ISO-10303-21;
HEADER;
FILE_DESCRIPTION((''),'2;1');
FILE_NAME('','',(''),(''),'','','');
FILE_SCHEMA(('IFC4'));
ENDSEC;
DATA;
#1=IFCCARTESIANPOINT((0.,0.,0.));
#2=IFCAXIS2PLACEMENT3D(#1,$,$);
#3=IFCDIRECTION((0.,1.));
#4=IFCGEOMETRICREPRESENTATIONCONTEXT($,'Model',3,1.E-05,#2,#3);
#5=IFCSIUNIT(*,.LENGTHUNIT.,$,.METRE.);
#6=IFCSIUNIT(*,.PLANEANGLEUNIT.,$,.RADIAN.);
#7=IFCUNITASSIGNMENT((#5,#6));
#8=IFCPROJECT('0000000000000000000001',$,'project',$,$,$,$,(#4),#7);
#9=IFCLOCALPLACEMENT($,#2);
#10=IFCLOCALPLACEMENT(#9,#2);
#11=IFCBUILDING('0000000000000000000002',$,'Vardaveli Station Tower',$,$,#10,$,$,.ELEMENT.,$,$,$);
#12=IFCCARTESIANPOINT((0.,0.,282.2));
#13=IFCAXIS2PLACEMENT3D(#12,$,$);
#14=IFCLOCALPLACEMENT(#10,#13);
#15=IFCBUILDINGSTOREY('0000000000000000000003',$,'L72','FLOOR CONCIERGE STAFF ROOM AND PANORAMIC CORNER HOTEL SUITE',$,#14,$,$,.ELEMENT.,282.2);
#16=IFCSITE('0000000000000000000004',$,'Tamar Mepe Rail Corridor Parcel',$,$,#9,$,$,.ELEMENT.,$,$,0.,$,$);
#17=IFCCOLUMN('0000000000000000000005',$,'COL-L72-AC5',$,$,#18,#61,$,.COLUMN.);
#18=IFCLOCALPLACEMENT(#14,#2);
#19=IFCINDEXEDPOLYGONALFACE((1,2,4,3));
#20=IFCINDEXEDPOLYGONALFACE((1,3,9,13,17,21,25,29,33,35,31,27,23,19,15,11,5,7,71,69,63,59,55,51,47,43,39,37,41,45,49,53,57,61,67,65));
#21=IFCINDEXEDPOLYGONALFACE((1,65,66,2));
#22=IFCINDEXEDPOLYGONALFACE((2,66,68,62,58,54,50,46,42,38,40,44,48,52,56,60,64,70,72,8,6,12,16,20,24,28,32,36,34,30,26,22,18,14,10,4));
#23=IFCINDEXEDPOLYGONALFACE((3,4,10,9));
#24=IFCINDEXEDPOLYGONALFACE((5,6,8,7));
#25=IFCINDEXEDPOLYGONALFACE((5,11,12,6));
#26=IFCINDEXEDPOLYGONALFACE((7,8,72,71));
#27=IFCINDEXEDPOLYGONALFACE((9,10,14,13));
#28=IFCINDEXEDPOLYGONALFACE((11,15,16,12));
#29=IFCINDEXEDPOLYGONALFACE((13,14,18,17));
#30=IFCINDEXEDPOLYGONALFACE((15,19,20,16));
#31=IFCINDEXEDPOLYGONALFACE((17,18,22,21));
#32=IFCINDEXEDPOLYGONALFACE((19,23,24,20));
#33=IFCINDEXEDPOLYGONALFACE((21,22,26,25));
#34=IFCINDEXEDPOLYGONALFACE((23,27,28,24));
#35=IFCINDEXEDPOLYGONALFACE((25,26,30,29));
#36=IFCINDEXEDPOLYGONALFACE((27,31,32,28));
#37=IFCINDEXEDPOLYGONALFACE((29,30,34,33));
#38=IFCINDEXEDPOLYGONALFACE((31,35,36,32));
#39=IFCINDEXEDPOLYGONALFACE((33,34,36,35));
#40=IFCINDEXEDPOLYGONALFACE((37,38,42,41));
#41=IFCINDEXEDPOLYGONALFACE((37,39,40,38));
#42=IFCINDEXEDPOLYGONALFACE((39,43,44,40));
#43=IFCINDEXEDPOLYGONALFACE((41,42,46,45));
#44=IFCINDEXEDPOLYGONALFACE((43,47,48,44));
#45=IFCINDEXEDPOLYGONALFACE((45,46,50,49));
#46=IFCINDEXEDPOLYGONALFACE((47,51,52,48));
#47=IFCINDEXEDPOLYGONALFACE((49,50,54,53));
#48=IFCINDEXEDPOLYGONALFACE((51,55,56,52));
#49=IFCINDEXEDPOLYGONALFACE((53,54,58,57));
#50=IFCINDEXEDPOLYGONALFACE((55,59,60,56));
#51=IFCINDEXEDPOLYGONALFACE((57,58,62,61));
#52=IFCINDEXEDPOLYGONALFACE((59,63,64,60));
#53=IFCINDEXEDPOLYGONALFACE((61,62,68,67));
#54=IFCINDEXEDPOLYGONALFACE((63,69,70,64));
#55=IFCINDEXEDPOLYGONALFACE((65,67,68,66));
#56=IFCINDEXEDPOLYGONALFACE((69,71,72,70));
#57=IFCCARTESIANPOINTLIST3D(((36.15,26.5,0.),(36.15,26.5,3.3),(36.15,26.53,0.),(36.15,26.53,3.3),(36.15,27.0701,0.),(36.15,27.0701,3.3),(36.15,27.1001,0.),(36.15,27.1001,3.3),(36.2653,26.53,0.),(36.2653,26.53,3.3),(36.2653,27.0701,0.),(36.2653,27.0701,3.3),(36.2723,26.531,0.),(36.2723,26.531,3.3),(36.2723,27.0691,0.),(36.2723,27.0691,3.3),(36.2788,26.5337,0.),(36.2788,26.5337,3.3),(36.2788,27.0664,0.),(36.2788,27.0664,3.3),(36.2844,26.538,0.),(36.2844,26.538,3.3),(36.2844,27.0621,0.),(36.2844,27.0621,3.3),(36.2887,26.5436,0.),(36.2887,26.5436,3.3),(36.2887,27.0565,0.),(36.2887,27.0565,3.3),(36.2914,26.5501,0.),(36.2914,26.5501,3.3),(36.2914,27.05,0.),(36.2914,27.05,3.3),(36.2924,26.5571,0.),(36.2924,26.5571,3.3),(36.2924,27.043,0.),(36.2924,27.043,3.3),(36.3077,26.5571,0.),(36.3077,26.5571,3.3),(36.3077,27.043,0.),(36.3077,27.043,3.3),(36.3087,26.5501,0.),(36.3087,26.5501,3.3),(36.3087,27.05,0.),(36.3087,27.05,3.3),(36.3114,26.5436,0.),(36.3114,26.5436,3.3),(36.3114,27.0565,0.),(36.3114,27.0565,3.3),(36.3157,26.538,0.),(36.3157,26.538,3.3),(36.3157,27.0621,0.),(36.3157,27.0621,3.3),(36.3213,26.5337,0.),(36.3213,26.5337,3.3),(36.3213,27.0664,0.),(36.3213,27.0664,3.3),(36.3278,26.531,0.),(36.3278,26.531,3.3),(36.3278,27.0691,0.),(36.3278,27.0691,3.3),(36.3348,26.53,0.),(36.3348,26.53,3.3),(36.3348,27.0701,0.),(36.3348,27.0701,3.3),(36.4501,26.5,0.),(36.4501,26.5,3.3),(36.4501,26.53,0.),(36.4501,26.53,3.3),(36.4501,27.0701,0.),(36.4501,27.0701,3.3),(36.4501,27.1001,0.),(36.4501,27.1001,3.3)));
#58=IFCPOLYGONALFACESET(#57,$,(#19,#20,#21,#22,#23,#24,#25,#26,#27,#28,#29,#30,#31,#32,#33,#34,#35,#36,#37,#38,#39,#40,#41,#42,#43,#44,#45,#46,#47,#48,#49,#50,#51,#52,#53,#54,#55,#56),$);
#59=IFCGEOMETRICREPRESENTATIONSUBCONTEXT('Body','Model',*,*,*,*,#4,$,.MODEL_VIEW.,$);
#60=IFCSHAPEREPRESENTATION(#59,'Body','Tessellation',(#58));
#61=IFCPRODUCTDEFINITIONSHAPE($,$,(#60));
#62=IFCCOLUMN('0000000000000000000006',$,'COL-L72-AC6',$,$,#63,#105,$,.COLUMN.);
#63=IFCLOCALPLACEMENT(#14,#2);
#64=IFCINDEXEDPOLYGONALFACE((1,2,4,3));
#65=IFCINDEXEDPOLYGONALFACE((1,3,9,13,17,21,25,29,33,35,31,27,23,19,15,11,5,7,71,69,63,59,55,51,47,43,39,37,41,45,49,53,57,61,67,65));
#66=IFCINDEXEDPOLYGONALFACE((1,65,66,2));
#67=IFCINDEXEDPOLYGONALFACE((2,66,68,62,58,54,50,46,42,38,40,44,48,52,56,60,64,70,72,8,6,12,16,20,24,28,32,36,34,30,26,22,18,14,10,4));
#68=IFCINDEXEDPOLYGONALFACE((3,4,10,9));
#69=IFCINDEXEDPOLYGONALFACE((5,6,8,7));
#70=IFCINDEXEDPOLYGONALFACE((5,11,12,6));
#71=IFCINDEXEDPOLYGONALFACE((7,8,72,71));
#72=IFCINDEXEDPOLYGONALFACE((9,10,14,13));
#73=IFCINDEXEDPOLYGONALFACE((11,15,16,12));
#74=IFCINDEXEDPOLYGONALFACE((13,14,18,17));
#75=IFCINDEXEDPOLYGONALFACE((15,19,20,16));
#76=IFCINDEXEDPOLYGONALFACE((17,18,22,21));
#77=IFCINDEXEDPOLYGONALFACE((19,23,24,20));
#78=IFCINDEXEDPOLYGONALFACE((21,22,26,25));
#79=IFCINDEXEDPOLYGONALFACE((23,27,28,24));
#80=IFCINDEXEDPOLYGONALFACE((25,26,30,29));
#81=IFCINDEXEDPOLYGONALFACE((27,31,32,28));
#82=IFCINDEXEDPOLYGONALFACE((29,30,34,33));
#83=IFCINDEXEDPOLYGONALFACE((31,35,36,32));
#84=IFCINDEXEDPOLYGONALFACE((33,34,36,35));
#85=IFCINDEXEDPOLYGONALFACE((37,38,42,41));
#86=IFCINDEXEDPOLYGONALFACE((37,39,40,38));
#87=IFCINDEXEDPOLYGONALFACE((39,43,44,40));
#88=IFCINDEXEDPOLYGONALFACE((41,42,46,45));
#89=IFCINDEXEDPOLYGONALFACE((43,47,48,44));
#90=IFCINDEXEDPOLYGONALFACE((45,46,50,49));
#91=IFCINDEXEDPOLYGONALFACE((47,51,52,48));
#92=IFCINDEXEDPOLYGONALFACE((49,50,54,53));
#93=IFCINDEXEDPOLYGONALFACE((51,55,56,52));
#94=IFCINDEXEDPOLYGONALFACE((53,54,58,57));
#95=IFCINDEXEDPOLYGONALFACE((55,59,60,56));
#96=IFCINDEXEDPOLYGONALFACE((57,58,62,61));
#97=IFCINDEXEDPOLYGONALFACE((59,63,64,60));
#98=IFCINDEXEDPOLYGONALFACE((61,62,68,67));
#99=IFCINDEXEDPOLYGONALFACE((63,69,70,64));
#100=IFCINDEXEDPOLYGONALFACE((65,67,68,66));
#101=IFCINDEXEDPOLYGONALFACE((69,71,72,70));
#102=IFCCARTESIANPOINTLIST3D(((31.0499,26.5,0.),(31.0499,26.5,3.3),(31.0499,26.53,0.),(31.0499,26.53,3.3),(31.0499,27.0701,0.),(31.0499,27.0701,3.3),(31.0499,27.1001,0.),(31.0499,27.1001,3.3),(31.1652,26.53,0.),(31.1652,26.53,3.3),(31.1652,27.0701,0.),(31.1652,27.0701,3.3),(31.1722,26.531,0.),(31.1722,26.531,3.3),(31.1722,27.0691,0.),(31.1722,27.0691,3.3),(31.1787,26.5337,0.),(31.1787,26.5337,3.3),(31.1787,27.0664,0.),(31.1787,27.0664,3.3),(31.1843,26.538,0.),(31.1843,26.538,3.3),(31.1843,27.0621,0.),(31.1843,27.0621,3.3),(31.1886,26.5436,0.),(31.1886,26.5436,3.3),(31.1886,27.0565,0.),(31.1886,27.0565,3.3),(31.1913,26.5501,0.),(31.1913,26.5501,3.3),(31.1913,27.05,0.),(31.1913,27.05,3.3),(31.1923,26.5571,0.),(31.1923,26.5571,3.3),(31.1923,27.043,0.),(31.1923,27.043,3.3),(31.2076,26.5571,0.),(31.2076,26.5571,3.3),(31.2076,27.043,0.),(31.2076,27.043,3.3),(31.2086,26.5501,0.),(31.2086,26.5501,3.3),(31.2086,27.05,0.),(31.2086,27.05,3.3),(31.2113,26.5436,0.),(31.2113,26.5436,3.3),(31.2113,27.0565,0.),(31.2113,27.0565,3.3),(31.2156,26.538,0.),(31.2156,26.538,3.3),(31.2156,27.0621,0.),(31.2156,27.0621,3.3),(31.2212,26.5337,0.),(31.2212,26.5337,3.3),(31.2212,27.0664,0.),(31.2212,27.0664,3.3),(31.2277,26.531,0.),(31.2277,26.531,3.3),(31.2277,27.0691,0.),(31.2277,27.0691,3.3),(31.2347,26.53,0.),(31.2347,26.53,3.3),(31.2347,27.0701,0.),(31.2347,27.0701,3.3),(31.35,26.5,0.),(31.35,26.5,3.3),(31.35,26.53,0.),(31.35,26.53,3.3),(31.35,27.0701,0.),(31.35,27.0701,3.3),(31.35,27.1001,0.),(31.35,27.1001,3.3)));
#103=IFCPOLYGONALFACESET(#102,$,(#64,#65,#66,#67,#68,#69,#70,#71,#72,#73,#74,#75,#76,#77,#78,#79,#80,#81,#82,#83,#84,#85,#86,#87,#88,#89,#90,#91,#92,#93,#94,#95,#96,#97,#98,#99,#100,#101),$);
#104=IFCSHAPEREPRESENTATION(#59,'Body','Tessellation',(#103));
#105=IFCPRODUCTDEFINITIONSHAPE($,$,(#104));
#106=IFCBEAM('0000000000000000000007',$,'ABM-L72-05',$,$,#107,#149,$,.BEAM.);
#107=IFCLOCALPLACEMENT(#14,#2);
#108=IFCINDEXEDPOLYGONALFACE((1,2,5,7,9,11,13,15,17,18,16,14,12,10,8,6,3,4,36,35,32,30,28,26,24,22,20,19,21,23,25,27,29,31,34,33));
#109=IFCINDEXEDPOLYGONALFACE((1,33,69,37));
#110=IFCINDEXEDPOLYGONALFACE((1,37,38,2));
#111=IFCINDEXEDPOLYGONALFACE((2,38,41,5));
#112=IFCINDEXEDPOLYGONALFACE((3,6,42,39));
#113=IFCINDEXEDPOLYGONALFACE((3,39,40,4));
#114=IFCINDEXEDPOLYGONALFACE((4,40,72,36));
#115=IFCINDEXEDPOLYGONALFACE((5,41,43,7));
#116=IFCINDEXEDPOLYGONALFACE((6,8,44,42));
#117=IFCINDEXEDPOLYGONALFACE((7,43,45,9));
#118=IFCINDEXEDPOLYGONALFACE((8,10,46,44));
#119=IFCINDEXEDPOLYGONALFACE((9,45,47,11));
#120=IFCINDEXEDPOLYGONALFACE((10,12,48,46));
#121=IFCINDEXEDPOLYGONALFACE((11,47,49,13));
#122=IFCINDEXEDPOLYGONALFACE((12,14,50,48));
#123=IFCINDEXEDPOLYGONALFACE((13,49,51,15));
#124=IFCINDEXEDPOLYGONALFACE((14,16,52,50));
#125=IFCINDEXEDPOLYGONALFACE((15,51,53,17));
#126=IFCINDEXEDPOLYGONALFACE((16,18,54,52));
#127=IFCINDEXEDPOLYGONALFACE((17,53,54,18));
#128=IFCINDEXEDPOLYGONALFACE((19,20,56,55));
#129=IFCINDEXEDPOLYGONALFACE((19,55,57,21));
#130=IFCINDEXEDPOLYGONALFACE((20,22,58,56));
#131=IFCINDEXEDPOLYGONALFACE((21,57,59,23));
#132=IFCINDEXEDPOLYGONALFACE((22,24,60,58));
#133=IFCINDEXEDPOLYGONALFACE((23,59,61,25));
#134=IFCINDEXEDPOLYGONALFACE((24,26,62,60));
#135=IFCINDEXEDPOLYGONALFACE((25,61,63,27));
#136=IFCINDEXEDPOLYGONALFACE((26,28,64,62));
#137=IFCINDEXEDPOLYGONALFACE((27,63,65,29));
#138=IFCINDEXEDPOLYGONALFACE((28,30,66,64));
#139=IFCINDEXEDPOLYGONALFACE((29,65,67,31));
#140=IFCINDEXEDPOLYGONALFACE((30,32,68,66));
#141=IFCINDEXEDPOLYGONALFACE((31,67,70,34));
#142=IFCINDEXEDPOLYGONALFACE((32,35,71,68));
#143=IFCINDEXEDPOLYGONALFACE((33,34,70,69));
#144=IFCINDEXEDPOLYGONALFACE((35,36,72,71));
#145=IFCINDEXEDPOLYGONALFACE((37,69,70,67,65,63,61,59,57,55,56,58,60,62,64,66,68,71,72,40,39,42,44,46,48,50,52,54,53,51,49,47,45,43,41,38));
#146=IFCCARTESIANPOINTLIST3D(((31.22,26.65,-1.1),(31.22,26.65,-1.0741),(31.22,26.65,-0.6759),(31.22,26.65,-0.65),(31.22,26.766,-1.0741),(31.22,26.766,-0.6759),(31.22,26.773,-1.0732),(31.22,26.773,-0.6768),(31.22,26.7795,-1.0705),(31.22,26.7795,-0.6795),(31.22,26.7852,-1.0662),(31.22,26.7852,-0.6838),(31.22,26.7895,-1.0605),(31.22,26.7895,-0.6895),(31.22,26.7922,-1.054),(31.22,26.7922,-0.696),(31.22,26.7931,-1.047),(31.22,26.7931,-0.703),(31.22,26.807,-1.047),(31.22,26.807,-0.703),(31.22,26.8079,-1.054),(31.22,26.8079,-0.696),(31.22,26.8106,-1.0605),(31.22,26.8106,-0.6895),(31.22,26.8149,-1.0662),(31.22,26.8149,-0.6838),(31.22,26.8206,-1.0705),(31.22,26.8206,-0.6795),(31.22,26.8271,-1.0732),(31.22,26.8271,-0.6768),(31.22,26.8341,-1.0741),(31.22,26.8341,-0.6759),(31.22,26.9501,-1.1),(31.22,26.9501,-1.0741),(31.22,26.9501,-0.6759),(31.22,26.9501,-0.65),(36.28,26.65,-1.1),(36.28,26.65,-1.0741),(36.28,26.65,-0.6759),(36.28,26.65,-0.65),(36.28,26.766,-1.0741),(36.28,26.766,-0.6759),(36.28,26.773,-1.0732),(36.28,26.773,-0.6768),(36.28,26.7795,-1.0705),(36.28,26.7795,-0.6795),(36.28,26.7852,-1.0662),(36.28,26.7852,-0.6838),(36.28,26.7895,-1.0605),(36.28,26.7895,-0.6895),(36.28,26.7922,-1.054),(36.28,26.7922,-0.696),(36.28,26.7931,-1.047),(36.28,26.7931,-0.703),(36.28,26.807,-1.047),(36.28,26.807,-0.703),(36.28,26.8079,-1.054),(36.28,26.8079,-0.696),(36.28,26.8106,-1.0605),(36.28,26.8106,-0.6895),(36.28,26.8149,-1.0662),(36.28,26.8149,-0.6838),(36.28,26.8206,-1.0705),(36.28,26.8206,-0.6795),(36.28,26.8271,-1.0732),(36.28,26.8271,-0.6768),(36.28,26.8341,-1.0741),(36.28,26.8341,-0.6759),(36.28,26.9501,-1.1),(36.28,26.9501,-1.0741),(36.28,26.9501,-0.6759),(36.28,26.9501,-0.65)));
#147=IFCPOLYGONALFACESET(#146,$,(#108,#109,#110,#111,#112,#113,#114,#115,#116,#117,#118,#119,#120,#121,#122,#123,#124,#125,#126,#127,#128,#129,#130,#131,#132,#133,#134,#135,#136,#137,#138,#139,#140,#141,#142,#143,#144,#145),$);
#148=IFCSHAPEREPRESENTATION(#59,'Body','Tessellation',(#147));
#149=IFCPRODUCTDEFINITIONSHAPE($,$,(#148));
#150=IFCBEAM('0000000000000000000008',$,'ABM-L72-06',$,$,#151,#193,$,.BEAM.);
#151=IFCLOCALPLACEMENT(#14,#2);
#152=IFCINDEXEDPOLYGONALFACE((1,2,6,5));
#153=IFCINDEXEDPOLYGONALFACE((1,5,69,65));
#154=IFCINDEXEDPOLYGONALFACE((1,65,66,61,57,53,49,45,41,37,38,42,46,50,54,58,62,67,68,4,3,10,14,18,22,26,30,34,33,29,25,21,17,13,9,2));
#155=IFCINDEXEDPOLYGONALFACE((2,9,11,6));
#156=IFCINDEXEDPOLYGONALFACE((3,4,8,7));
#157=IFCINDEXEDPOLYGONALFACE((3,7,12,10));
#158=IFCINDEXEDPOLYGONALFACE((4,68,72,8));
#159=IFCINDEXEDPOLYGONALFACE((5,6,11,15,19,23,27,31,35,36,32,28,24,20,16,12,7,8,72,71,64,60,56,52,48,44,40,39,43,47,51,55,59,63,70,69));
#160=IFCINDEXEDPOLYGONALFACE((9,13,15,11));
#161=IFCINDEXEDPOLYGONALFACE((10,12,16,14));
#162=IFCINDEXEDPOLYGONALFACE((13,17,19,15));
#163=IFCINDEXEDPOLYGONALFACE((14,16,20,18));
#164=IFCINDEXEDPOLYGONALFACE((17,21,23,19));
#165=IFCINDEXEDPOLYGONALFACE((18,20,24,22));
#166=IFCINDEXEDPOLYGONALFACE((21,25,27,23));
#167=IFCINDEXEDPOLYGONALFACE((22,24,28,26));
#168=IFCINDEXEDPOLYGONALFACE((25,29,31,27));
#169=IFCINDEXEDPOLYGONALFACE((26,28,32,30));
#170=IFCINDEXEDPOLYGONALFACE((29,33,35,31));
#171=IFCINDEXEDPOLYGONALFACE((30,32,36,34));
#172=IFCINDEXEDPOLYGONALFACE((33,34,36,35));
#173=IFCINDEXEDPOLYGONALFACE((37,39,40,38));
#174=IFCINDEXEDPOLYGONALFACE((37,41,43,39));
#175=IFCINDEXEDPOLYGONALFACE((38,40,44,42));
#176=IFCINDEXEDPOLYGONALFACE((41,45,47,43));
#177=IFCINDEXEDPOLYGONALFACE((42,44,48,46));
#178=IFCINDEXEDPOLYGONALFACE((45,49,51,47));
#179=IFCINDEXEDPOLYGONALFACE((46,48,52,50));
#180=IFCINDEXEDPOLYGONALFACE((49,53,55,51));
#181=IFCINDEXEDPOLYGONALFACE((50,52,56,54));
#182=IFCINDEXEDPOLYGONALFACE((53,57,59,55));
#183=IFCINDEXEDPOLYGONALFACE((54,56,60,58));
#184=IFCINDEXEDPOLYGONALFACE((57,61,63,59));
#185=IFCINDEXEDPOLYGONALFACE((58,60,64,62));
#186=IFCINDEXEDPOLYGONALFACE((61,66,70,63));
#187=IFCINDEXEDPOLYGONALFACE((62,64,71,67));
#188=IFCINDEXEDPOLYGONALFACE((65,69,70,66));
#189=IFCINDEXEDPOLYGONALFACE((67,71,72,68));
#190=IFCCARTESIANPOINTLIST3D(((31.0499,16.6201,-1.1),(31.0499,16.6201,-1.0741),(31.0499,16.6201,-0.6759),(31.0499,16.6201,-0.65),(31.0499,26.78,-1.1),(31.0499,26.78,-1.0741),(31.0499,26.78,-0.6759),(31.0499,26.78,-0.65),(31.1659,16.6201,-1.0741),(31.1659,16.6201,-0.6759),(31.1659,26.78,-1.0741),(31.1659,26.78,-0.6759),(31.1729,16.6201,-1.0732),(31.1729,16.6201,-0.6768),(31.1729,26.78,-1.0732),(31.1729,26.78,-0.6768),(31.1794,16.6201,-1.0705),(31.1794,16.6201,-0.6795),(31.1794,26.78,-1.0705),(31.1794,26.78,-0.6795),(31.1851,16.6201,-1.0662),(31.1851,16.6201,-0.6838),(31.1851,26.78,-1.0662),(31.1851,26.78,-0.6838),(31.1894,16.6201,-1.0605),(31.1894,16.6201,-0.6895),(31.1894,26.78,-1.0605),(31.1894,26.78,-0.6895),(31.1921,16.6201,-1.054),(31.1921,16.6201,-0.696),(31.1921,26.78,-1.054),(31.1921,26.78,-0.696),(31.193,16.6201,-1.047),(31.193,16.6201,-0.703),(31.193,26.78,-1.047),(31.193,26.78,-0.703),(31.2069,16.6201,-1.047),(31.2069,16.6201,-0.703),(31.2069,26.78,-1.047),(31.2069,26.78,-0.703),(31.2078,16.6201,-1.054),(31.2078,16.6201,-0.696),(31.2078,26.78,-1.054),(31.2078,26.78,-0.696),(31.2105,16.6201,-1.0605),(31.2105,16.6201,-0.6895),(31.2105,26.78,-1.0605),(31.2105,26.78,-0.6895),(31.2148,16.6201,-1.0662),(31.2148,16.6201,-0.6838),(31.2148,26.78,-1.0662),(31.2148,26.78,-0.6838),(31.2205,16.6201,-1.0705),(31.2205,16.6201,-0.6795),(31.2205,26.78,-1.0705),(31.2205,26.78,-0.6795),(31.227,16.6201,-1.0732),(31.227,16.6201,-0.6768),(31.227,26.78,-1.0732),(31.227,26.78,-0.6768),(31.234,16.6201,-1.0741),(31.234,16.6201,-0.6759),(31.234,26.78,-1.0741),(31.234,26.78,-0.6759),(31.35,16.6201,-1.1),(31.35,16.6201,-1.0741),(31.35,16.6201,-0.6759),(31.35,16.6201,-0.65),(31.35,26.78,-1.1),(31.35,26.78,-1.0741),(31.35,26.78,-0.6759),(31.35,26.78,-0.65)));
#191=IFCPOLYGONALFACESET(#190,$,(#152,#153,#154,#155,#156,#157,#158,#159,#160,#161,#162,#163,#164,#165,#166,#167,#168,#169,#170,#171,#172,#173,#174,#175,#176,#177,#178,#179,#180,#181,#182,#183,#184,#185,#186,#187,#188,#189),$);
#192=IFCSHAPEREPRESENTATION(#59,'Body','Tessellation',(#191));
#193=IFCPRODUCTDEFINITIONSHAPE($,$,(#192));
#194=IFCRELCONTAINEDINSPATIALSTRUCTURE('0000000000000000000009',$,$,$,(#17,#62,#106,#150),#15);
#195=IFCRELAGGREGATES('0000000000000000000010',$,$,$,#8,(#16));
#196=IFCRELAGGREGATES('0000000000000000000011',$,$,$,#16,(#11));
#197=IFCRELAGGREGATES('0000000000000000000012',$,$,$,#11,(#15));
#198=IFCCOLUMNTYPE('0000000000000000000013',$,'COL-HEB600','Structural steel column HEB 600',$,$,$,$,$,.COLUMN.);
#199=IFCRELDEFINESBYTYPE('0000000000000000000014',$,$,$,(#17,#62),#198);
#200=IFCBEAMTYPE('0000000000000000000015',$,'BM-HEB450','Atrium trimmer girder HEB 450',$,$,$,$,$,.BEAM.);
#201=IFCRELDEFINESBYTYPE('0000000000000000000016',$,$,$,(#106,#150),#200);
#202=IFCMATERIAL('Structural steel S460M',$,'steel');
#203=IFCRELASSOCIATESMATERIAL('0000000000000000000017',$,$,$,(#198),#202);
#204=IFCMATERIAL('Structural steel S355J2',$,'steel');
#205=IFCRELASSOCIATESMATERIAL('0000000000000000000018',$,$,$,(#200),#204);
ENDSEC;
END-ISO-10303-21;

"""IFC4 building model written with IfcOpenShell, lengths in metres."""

from ifc_helpers import new_model, si_unit, direction, frame, origin, origin_2d, place, context, subcontext, project, spatial, i_section, extrude, source, transform, mapped, material, material_profile, profile_set, type_object, element, save


model = new_model("IFC4")

# Units and contexts
model_context = context("Model", 3, precision=1e-05, world=origin(), true_north=direction((0.0, 1.0)))
body_context = subcontext(model_context, "Body", "Model", "MODEL_VIEW")
ifc_project = project(units=[si_unit("LENGTHUNIT", "METRE"), si_unit("PLANEANGLEUNIT", "RADIAN")], contexts=[model_context])

# Site, building, storey
site_placement = place(None, origin())
site = spatial("IfcSite", under=ifc_project, at=site_placement, Name="Tamar Mepe Rail Corridor Parcel", CompositionType="ELEMENT", RefElevation=0.0)
building_placement = place(site_placement, origin())
building = spatial("IfcBuilding", under=site, at=building_placement, Name="Vardaveli Station Tower", CompositionType="ELEMENT")
storey_placement = place(building_placement, frame((0.0, 0.0, 282.2)))
storey = spatial("IfcBuildingStorey", under=building, at=storey_placement, Name="L72", Description="FLOOR CONCIERGE STAFF ROOM AND PANORAMIC CORNER HOTEL SUITE", CompositionType="ELEMENT", Elevation=282.2)

# Columns
ifc_material_1 = material(Name="Structural steel S460M", Category="steel")
ifc_material_profile_1 = material_profile(ifc_material_1, i_section(OverallWidth=0.3, OverallDepth=0.6001, WebThickness=0.0154, FlangeThickness=0.03, FilletRadius=0.0271, at=origin_2d()), Name="HEB 600")
ifc_profile_set_1 = profile_set([ifc_material_profile_1], Name="Structural steel S460M")
column_type = type_object("IfcColumnType", Name="COL-HEB600", Description="Structural steel column HEB 600", PredefinedType="COLUMN", material=ifc_profile_set_1)
shared_shape_1 = source(origin(), body_context, "Body", "SweptSolid", [
    extrude(i_section(OverallWidth=0.3, OverallDepth=0.6001, WebThickness=0.0154, FlangeThickness=0.03, FilletRadius=0.0271, at=origin_2d()), origin(), (0.0, 0.0, 1.0), 3.3),
])
for number, where, z_axis, x_axis, name in (
    (1, (36.3, 26.8, 0.0), (0.0, 0.0, 1.0), (1.0, 0.0, 0.0), "COL-L72-AC5"),
    (2, (31.2, 26.8, 0.0), (0.0, 0.0, 1.0), (1.0, 0.0, 0.0), "COL-L72-AC6"),
):
    element("IfcColumn", number, at=place(storey_placement, frame(where, z_axis=z_axis, x_axis=x_axis)), inside=storey, type_object=column_type, Name=name, PredefinedType="COLUMN", context=body_context, shape_type="MappedRepresentation", body=[
        mapped(shared_shape_1, transform((0.0, 0.0, 0.0), scale=1.0)),
    ])

# Beams
ifc_material_2 = material(Name="Structural steel S355J2", Category="steel")
ifc_material_profile_2 = material_profile(ifc_material_2, i_section(OverallWidth=0.3, OverallDepth=0.45, WebThickness=0.0139, FlangeThickness=0.0259, FilletRadius=0.0271, at=origin_2d()), Name="HEB 450")
ifc_profile_set_2 = profile_set([ifc_material_profile_2], Name="Structural steel S355J2")
beam_type_1 = type_object("IfcBeamType", Name="BM-HEB450", Description="Atrium trimmer girder HEB 450", PredefinedType="BEAM", material=ifc_profile_set_2)
shared_shape_2 = source(origin(), body_context, "Body", "SweptSolid", [
    extrude(i_section(OverallWidth=0.3, OverallDepth=0.45, WebThickness=0.0139, FlangeThickness=0.0259, FilletRadius=0.0271, at=origin_2d()), origin(), (0.0, 0.0, 1.0), 5.0601),
])
beam_1_placement = place(storey_placement, frame((36.28, 26.8, -0.875), z_axis=(-1.0, 0.0, 0.0), x_axis=(0.0, -1.0, 0.0)))
element("IfcBeam", 3, at=beam_1_placement, inside=storey, type_object=beam_type_1, Name="ABM-L72-05", PredefinedType="BEAM", context=body_context, shape_type="MappedRepresentation", body=[
    mapped(shared_shape_2, transform((0.0, 0.0, 0.0), scale=1.0)),
])
shared_shape_3 = source(origin(), body_context, "Body", "SweptSolid", [
    extrude(i_section(OverallWidth=0.3, OverallDepth=0.45, WebThickness=0.0139, FlangeThickness=0.0259, FilletRadius=0.0271, at=origin_2d()), origin(), (0.0, 0.0, 1.0), 10.1599),
])
beam_2_placement = place(storey_placement, frame((31.2, 26.78, -0.875), z_axis=(0.0, -1.0, 0.0), x_axis=(1.0, 0.0, 0.0)))
element("IfcBeam", 4, at=beam_2_placement, inside=storey, type_object=beam_type_1, Name="ABM-L72-06", PredefinedType="BEAM", context=body_context, shape_type="MappedRepresentation", body=[
    mapped(shared_shape_3, transform((0.0, 0.0, 0.0), scale=1.0)),
])

save(model, "model.ifc")
